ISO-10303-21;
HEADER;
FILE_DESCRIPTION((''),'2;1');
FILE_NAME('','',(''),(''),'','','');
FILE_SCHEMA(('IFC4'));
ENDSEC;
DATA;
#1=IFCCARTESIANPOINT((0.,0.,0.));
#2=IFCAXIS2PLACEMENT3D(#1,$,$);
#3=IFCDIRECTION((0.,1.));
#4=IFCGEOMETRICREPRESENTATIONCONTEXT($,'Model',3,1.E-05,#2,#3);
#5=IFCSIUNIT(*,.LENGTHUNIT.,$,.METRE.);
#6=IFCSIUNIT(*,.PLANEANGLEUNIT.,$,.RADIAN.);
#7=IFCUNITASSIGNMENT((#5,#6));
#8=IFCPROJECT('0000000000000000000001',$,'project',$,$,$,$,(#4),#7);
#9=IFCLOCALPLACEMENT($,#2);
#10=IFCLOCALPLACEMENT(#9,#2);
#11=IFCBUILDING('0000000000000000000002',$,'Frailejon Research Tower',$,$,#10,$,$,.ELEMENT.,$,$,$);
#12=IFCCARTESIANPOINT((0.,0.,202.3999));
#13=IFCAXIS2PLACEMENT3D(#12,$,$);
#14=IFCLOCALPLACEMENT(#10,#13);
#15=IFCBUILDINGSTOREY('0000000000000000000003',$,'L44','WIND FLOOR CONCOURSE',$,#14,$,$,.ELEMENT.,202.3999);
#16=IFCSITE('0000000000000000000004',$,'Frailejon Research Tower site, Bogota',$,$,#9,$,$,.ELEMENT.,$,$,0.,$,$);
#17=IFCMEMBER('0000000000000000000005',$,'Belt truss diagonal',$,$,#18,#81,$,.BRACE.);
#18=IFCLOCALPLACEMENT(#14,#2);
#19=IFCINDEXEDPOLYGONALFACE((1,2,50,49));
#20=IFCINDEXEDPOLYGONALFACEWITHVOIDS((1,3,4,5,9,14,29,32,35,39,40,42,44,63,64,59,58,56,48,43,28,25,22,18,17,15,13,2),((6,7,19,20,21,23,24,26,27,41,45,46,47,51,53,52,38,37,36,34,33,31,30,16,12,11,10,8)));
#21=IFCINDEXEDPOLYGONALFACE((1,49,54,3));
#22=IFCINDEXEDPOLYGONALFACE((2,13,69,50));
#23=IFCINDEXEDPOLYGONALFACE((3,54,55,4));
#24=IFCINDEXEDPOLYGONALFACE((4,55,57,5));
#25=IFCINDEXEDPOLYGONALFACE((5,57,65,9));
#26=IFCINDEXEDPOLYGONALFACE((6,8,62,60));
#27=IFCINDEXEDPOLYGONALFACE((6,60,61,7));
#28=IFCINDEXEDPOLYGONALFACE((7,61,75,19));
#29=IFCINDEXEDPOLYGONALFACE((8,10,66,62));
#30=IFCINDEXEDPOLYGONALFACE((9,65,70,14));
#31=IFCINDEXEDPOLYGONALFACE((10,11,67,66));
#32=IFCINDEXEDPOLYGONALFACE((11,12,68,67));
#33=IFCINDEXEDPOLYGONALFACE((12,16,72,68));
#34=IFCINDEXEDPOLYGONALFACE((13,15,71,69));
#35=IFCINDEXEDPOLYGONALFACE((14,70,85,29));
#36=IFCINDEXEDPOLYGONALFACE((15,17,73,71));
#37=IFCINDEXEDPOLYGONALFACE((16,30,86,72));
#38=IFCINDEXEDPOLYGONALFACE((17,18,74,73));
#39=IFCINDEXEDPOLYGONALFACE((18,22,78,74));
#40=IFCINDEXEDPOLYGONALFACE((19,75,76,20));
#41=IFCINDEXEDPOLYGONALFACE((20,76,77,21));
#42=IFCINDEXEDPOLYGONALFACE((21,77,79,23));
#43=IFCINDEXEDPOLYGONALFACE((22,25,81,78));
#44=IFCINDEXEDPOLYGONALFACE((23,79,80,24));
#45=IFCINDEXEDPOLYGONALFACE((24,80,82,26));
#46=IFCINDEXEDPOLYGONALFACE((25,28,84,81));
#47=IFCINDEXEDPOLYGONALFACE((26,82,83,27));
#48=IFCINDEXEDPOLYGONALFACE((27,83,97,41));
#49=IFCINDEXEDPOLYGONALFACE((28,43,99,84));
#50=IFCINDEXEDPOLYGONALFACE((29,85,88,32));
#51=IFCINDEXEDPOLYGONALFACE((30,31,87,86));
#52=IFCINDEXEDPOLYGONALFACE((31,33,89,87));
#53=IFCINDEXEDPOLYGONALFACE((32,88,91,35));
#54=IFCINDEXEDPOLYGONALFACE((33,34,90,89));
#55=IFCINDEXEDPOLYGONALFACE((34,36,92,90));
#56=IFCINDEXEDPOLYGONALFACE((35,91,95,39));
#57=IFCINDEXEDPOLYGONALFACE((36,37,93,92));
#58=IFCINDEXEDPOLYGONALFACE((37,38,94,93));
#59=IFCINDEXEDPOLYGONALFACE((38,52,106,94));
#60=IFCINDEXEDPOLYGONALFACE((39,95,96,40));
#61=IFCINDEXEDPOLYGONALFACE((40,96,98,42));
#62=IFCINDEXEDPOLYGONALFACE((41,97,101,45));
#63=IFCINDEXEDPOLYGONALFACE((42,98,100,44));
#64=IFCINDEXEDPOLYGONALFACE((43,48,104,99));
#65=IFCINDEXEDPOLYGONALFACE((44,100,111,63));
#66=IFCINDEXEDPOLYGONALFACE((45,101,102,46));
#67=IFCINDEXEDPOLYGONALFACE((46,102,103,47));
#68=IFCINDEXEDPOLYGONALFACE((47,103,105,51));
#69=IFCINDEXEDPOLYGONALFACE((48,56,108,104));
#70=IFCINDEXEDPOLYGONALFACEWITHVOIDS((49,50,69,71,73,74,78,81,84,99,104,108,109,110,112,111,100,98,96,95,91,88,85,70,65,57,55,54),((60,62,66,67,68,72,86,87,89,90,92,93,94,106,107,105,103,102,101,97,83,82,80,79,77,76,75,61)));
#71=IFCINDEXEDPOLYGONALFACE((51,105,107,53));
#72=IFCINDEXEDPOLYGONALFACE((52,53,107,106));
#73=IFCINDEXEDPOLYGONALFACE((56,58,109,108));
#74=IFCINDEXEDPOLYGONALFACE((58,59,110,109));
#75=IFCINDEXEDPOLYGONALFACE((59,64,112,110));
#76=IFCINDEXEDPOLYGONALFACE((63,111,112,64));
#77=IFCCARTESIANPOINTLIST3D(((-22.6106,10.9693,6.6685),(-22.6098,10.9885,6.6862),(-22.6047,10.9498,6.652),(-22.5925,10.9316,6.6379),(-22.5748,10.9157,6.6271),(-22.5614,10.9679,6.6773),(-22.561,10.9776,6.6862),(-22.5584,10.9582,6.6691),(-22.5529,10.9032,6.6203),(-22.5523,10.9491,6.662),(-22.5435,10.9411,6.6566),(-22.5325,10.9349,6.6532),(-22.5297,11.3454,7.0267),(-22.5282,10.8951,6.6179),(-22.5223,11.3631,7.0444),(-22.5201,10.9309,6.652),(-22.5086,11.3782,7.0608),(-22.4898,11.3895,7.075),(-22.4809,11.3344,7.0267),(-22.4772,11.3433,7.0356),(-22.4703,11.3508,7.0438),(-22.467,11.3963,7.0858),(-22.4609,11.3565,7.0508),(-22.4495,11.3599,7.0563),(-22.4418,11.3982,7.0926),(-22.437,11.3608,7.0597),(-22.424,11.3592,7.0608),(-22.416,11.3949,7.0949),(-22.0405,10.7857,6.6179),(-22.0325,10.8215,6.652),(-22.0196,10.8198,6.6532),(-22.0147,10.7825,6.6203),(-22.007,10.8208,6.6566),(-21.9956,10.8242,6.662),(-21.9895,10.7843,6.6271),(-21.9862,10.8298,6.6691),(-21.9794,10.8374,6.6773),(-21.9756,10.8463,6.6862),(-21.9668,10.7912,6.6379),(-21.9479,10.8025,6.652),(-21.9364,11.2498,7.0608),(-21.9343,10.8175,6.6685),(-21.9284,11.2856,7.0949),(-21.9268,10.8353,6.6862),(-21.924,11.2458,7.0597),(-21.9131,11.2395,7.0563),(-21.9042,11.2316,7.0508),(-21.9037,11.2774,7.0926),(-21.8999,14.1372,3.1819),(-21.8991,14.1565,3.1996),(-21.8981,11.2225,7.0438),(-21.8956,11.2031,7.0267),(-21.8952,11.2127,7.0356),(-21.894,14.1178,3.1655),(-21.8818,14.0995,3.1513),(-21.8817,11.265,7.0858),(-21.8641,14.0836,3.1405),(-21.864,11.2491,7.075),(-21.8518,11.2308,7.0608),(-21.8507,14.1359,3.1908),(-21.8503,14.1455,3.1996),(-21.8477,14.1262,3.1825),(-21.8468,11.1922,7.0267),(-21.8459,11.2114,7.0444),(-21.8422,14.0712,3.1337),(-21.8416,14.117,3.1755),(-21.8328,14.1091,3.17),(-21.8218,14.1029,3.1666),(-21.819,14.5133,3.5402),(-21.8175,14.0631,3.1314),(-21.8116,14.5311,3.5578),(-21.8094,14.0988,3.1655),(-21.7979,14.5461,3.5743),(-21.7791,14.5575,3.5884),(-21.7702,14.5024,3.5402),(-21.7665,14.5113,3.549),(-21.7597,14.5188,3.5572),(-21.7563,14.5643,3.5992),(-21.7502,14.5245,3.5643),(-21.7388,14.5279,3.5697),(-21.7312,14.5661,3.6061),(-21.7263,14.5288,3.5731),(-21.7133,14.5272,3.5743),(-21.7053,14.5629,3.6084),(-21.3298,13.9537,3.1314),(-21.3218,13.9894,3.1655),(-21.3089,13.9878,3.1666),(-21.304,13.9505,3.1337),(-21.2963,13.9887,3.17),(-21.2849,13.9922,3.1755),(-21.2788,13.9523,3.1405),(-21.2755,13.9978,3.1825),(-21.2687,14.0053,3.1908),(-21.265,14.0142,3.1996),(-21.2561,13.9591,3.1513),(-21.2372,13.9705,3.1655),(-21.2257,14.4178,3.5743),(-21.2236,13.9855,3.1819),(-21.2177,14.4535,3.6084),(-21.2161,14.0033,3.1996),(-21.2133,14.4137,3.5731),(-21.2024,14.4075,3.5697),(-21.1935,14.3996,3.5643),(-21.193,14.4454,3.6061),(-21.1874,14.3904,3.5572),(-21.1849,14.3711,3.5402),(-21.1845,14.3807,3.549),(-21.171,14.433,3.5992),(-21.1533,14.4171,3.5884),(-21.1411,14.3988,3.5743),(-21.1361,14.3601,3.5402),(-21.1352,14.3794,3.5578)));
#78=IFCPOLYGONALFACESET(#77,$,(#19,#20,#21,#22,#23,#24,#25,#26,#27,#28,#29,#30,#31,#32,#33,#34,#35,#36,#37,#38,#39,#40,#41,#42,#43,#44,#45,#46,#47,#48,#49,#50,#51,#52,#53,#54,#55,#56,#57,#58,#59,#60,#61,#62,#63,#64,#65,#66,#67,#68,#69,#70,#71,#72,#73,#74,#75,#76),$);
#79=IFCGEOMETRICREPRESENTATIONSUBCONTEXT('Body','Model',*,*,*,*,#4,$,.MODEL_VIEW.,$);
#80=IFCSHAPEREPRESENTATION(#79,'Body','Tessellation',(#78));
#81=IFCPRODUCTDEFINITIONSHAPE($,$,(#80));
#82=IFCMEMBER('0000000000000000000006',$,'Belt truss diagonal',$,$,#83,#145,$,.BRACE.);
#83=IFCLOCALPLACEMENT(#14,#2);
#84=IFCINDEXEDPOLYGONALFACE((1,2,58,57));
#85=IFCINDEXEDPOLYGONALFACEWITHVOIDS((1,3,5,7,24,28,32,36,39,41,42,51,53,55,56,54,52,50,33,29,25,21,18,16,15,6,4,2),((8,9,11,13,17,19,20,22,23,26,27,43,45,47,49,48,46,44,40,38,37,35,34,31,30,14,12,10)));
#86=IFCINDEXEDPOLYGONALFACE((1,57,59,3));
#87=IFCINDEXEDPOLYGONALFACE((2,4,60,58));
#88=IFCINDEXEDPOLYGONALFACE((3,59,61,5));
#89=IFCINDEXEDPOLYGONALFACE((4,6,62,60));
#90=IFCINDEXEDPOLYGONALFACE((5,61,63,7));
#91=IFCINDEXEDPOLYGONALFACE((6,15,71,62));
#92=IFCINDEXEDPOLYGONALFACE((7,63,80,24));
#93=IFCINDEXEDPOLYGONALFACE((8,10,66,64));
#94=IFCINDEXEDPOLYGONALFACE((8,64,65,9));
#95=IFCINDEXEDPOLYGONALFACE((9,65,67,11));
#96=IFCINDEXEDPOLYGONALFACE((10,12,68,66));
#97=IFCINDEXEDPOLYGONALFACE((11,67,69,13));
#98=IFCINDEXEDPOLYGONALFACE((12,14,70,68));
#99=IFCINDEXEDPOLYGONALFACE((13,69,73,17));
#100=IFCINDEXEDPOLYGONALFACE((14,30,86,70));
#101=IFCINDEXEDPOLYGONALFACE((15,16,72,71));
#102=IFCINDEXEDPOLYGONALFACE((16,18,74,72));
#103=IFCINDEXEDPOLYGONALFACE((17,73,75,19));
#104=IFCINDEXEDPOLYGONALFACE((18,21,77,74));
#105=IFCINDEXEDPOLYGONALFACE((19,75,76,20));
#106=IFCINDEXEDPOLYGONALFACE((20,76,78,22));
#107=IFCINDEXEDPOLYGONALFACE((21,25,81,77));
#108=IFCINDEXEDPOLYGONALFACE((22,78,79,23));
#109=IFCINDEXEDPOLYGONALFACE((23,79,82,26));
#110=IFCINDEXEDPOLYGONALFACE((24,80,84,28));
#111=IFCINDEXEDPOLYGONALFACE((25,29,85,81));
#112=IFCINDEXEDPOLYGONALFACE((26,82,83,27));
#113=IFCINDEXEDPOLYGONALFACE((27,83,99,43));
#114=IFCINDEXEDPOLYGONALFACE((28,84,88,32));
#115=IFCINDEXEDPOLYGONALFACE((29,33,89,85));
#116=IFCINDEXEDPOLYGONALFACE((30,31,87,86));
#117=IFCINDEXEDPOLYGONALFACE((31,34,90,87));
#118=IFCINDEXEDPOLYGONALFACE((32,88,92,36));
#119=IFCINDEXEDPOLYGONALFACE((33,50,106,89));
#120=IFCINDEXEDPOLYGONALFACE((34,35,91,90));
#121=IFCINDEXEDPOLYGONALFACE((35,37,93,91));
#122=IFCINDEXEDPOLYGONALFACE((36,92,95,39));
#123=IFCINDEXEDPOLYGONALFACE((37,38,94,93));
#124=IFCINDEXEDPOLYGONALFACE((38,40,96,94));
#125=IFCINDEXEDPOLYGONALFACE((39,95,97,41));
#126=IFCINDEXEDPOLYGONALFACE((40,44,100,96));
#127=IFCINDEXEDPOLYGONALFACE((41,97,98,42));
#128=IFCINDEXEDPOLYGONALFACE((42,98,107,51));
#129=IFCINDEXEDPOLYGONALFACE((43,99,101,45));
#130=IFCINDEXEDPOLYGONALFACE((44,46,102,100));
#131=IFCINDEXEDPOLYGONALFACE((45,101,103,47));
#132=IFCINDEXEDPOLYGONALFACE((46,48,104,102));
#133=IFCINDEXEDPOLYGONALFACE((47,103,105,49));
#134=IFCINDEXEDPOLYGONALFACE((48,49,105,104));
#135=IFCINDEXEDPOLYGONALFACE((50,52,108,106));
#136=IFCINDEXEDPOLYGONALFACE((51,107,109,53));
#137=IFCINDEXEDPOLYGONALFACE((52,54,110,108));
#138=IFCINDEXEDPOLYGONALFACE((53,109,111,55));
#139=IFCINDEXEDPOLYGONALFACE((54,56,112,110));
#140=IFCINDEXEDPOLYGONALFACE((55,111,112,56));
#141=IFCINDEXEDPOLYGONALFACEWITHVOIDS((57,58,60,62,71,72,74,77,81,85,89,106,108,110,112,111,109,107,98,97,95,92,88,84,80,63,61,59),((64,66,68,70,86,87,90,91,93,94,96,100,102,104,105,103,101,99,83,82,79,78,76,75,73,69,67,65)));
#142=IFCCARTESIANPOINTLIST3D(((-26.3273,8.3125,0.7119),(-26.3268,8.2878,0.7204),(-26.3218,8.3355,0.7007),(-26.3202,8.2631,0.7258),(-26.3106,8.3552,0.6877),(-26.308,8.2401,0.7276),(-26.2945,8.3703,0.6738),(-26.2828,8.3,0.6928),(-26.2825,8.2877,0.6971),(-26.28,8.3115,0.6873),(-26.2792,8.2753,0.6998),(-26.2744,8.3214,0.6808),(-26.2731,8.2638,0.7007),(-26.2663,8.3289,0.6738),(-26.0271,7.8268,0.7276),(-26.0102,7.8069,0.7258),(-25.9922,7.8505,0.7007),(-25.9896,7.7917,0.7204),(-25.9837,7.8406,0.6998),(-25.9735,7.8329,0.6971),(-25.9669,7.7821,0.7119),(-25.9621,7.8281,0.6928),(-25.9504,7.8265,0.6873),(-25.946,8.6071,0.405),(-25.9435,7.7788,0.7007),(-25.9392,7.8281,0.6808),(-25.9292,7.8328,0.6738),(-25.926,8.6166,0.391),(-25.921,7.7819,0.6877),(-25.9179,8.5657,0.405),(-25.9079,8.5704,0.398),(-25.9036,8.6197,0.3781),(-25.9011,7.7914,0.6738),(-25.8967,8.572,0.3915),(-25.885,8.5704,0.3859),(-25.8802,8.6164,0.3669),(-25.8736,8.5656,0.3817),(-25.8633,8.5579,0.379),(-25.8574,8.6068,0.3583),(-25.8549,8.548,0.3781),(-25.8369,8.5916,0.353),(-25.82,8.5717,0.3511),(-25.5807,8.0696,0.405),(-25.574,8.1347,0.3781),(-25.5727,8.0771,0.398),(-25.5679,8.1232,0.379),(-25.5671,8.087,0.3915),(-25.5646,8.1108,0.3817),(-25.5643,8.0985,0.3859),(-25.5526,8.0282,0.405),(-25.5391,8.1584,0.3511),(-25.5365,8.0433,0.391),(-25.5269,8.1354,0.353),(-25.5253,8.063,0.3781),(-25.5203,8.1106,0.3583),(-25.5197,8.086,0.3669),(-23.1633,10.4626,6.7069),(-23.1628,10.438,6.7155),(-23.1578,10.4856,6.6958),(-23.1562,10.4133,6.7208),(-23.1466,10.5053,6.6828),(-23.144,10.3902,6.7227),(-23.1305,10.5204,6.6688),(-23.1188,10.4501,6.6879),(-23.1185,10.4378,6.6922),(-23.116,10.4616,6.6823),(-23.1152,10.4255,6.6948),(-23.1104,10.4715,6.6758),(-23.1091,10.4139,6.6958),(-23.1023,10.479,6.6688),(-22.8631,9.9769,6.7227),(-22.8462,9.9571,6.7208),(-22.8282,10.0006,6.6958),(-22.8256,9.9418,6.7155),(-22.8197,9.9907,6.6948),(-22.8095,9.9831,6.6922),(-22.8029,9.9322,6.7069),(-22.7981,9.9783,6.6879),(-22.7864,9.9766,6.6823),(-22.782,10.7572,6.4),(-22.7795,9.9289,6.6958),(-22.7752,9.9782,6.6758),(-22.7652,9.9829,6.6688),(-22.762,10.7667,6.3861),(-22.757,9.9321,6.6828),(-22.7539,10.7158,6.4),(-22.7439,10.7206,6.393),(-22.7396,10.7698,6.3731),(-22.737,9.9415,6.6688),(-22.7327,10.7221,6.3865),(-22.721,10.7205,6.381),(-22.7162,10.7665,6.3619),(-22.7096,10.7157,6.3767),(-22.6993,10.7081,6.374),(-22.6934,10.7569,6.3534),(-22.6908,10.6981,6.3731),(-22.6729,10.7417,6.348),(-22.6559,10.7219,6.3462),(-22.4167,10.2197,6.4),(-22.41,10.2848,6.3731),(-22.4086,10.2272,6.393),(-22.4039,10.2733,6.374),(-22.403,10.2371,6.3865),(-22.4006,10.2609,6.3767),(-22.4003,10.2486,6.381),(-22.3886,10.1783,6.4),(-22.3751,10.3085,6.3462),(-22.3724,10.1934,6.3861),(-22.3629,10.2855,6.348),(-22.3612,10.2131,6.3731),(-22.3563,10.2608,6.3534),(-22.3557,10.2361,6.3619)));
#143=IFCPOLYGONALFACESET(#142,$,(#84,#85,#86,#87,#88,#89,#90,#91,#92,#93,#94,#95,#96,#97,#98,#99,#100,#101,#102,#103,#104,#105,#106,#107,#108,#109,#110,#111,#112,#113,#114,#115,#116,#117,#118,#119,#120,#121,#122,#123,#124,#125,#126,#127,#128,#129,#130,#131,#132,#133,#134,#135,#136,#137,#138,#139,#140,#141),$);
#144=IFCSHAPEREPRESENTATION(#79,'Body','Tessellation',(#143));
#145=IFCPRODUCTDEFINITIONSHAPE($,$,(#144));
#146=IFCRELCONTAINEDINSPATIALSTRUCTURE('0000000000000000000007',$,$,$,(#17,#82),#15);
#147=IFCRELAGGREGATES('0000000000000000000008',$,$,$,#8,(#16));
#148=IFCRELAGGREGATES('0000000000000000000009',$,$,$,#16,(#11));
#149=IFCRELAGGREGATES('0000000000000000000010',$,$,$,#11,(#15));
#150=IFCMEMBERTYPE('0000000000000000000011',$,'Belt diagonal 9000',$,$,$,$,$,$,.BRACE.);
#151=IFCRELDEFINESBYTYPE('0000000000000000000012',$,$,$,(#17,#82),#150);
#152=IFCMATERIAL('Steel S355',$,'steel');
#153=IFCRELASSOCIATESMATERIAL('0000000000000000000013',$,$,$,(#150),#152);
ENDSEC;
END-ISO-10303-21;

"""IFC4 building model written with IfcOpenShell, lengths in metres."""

from ifc_helpers import new_model, si_unit, direction, frame, origin, origin_2d, place, context, subcontext, project, spatial, hollow_rectangle, extrude, material, material_profile, profile_set, type_object, element, save


model = new_model("IFC4")

# Units and contexts
model_context = context("Model", 3, precision=1e-05, world=origin(), true_north=direction((0.0, 1.0)))
body_context = subcontext(model_context, "Body", "Model", "MODEL_VIEW")
ifc_project = project(units=[si_unit("LENGTHUNIT", "METRE"), si_unit("PLANEANGLEUNIT", "RADIAN")], contexts=[model_context])

# Site, building, storey
site_placement = place(None, origin())
site = spatial("IfcSite", under=ifc_project, at=site_placement, Name="Frailejon Research Tower site, Bogota", CompositionType="ELEMENT", RefElevation=0.0)
building_placement = place(site_placement, origin())
building = spatial("IfcBuilding", under=site, at=building_placement, Name="Frailejon Research Tower", CompositionType="ELEMENT")
storey_placement = place(building_placement, frame((0.0, 0.0, 202.3999)))
storey = spatial("IfcBuildingStorey", under=building, at=storey_placement, Name="L44", Description="WIND FLOOR CONCOURSE", CompositionType="ELEMENT", Elevation=202.3999)

# Members
ifc_material_1 = material(Name="Steel S355", Category="steel")
ifc_material_profile_1 = material_profile(ifc_material_1, hollow_rectangle(XDim=0.7, YDim=0.7, WallThickness=0.05, InnerFilletRadius=0.05, OuterFilletRadius=0.1001, at=origin_2d()), Name="Belt diagonal 9000")
ifc_profile_set_1 = profile_set([ifc_material_profile_1], Name="Steel S355")
member_type = type_object("IfcMemberType", Name="Belt diagonal 9000", PredefinedType="BRACE", material=ifc_profile_set_1)
member_1_placement = place(storey_placement, frame((-21.5176, 14.2583, 3.3699), z_axis=(-0.149175, -0.664957, 0.731832), x_axis=(0.975748, -0.218897, 0.0)))
element("IfcMember", 1, at=member_1_placement, inside=storey, type_object=member_type, Name="Belt truss diagonal", PredefinedType="BRACE", context=body_context, shape_type="SweptSolid", body=[
    extrude(hollow_rectangle(XDim=0.7, YDim=0.7, WallThickness=0.05, InnerFilletRadius=0.05, OuterFilletRadius=0.1001, at=origin_2d()), origin(), (0.0, 0.0, 1.0), 4.7642),
])
member_2_placement = place(storey_placement, frame((-22.7595, 10.3494, 6.5344), z_axis=(-0.444911, -0.302341, -0.842997), x_axis=(0.562057, -0.827099, 0.0)))
element("IfcMember", 2, at=member_2_placement, inside=storey, type_object=member_type, Name="Belt truss diagonal", PredefinedType="BRACE", context=body_context, shape_type="SweptSolid", body=[
    extrude(hollow_rectangle(XDim=0.7, YDim=0.7, WallThickness=0.05, InnerFilletRadius=0.05, OuterFilletRadius=0.1001, at=origin_2d()), origin(), (0.0, 0.0, 1.0), 7.1116),
])

save(model, "model.ifc")
